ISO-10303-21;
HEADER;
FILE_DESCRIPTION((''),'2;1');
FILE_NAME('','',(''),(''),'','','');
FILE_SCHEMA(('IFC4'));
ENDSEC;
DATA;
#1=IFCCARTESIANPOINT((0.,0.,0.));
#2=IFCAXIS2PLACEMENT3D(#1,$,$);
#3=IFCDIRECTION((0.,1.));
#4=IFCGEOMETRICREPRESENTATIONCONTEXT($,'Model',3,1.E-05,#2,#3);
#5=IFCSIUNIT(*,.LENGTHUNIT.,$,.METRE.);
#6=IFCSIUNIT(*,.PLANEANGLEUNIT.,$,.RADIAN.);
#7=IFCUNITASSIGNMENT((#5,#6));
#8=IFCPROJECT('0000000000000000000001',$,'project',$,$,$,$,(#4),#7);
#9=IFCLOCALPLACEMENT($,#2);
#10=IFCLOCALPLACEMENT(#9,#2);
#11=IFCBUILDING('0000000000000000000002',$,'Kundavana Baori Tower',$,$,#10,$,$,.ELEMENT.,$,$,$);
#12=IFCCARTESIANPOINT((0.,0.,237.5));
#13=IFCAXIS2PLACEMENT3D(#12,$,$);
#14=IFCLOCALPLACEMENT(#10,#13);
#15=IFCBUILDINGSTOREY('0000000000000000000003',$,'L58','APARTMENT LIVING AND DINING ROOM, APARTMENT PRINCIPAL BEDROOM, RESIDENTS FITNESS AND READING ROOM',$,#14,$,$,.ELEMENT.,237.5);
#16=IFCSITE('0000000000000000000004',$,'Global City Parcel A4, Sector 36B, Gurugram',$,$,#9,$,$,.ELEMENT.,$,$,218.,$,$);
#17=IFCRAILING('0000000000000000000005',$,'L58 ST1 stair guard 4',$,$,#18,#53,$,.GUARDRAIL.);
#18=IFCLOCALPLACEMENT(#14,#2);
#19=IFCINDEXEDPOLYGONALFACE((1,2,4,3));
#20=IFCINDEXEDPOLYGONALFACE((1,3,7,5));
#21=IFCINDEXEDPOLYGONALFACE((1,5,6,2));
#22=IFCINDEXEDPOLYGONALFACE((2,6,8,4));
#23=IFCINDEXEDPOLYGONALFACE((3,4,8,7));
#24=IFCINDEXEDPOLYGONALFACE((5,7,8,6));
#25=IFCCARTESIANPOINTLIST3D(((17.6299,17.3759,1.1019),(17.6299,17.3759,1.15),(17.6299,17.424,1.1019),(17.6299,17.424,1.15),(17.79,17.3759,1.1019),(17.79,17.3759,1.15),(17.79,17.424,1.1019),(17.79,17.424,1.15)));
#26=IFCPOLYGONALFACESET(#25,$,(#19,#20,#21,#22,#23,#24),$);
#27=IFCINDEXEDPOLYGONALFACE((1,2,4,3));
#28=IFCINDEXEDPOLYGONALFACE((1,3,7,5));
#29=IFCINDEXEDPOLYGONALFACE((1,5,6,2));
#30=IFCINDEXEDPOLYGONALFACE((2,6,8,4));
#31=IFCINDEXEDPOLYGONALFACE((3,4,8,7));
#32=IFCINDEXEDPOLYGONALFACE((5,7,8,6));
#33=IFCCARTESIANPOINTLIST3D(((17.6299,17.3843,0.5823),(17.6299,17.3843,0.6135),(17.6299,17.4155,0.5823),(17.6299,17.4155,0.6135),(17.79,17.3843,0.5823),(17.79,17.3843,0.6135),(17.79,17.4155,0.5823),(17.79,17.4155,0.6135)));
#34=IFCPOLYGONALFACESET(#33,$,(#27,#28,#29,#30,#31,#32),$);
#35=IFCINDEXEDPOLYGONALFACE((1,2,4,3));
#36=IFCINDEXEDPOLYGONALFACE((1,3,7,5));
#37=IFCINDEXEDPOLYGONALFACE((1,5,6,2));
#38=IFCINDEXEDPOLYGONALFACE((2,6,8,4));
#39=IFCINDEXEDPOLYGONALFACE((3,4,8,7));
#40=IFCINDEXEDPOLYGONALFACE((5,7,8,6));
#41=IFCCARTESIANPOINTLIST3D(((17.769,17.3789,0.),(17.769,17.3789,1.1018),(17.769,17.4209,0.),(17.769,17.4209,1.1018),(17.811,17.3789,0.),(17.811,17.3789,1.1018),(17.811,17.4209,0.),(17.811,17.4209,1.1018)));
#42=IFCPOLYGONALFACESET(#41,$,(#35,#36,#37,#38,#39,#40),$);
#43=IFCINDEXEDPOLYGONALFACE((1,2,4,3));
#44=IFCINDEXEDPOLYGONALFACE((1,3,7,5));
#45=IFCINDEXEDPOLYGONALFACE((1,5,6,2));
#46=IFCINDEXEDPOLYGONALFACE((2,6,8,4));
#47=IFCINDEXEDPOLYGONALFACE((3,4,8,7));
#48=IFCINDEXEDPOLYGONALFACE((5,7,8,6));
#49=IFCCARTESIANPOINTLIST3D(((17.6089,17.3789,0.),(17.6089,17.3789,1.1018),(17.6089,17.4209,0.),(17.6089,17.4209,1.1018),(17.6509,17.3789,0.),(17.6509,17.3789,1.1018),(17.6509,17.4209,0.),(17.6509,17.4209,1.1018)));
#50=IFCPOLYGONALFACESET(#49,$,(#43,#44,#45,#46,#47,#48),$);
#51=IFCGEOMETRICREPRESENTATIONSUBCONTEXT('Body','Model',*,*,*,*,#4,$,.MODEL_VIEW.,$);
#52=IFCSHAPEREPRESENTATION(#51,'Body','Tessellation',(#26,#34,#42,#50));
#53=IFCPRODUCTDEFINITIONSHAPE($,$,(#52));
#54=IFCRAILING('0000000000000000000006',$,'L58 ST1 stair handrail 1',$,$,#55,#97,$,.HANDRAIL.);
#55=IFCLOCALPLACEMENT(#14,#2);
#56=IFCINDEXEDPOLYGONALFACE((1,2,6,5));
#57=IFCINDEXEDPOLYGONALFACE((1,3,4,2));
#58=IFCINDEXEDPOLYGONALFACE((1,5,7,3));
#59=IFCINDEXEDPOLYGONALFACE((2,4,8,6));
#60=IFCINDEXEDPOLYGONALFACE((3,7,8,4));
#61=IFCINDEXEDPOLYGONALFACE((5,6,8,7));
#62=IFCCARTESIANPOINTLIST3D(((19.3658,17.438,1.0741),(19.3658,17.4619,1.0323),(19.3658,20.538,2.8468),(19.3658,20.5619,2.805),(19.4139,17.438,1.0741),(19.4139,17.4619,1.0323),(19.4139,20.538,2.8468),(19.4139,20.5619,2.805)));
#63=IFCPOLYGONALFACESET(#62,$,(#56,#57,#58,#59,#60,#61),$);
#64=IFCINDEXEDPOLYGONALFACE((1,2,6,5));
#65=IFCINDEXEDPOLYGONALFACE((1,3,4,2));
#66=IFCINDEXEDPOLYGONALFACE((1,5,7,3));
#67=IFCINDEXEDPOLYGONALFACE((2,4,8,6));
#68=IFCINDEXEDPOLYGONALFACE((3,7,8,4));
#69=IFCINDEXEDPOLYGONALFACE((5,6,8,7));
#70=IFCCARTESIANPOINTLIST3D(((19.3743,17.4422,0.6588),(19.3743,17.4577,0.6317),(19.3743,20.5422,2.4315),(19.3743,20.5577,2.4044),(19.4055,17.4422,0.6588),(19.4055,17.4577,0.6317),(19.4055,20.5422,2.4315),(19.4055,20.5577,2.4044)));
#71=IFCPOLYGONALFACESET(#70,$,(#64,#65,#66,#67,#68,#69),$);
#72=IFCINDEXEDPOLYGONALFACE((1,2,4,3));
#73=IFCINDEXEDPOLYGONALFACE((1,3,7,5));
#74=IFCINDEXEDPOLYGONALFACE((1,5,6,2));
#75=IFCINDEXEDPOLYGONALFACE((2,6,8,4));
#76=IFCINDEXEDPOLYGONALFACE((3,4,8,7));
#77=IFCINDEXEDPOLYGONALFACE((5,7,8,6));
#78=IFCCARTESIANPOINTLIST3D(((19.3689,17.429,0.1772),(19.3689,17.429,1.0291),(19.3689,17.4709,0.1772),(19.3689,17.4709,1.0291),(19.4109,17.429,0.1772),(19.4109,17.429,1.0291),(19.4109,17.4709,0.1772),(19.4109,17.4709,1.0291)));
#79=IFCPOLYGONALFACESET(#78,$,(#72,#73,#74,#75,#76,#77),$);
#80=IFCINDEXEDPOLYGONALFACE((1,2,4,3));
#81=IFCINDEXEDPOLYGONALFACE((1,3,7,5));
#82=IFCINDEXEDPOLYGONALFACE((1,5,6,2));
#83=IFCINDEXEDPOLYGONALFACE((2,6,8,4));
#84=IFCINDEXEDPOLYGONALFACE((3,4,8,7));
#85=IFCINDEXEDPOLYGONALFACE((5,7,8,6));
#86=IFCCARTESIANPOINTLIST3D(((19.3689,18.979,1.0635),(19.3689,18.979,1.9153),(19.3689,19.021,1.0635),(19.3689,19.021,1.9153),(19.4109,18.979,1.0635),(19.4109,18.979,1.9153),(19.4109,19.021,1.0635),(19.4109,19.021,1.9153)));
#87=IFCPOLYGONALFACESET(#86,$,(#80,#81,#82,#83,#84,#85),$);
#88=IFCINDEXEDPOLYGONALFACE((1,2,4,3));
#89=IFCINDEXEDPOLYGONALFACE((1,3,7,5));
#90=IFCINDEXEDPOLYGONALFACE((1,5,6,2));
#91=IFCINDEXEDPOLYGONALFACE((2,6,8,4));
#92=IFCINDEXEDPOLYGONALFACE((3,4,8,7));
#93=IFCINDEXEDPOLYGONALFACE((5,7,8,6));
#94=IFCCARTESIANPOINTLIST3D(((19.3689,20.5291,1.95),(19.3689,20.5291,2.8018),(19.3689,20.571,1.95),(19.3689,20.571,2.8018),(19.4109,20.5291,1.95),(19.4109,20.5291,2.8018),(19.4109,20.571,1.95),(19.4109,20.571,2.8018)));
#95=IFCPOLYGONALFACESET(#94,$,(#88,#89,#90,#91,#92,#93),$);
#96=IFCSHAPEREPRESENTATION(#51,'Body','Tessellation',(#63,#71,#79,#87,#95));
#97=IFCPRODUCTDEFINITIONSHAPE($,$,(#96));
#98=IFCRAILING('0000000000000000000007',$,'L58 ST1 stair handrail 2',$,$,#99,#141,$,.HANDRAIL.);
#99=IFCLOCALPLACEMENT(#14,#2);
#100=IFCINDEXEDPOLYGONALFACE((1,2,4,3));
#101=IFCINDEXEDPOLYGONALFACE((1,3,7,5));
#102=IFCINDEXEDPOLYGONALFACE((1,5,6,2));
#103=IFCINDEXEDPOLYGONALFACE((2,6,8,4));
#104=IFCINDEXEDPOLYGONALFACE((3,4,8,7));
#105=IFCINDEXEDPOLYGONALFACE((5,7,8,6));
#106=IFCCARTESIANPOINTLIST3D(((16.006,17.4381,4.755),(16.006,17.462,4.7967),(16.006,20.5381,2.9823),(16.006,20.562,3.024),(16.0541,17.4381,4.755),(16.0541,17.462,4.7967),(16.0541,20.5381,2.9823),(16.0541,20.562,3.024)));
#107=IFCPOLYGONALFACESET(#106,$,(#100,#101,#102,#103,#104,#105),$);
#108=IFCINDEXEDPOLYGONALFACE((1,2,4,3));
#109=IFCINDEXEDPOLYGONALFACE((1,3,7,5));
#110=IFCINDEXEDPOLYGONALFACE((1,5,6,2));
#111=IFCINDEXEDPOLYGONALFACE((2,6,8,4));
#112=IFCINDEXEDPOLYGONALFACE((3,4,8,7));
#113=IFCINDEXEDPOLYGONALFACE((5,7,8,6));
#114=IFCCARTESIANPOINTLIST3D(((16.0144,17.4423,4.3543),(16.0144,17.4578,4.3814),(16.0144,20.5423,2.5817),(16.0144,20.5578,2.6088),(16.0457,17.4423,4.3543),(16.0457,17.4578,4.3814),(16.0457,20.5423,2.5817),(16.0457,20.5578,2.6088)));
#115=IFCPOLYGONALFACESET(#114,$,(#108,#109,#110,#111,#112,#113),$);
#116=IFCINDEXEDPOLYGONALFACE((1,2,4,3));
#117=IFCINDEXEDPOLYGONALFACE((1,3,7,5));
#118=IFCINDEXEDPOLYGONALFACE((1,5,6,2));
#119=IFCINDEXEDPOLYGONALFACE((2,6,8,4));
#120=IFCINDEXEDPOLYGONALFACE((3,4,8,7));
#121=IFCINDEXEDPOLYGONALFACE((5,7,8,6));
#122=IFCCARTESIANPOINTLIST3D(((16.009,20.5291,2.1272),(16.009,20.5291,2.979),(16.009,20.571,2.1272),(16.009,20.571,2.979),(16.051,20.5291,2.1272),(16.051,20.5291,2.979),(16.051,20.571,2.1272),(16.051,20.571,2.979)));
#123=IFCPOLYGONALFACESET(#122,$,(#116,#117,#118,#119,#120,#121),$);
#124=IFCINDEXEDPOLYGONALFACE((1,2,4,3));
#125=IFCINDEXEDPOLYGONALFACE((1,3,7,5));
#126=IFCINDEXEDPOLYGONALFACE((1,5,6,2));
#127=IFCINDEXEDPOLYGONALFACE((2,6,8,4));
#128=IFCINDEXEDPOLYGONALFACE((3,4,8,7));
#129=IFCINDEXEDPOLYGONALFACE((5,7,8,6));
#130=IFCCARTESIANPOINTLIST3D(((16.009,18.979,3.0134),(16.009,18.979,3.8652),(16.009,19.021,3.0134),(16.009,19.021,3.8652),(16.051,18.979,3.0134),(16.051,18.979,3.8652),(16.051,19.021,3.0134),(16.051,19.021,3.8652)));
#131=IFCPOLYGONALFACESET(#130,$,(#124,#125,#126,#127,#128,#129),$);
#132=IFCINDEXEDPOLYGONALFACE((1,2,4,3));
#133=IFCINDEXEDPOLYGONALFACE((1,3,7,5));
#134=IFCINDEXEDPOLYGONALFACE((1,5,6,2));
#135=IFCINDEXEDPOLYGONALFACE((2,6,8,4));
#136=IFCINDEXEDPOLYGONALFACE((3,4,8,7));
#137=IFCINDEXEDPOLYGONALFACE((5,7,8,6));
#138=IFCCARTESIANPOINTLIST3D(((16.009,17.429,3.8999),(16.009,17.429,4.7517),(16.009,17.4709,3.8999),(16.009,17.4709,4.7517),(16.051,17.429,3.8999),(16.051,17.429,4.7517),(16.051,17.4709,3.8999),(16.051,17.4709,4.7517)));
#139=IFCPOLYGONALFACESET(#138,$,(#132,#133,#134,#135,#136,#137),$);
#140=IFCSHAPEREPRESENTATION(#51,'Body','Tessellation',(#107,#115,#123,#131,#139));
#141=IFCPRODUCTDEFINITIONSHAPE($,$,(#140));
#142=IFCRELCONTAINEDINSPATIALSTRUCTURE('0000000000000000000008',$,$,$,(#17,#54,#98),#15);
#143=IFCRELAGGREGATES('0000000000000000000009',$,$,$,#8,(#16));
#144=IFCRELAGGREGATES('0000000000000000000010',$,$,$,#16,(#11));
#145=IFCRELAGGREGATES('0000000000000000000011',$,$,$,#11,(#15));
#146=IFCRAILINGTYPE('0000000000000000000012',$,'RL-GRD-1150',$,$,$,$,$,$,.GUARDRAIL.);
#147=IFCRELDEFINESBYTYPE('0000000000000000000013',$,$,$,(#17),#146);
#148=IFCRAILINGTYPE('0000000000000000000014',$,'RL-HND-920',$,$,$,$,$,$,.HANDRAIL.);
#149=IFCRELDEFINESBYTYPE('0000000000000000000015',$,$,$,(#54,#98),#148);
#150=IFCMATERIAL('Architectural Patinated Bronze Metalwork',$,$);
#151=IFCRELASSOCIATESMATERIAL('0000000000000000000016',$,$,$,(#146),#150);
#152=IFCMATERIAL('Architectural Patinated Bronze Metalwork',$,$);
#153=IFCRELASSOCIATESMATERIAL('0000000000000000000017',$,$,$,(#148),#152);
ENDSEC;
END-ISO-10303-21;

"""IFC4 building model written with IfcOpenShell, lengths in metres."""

from ifc_helpers import new_model, si_unit, direction, frame, origin, origin_2d, place, context, subcontext, project, spatial, rectangle, extrude, material, type_object, element, save


model = new_model("IFC4")

# Units and contexts
model_context = context("Model", 3, precision=1e-05, world=origin(), true_north=direction((0.0, 1.0)))
body_context = subcontext(model_context, "Body", "Model", "MODEL_VIEW")
ifc_project = project(units=[si_unit("LENGTHUNIT", "METRE"), si_unit("PLANEANGLEUNIT", "RADIAN")], contexts=[model_context])

# Site, building, storey
site_placement = place(None, origin())
site = spatial("IfcSite", under=ifc_project, at=site_placement, Name="Global City Parcel A4, Sector 36B, Gurugram", CompositionType="ELEMENT", RefElevation=218.0)
building_placement = place(site_placement, origin())
building = spatial("IfcBuilding", under=site, at=building_placement, Name="Kundavana Baori Tower", CompositionType="ELEMENT")
storey_placement = place(building_placement, frame((0.0, 0.0, 237.5)))
storey = spatial("IfcBuildingStorey", under=building, at=storey_placement, Name="L58", Description="APARTMENT LIVING AND DINING ROOM, APARTMENT PRINCIPAL BEDROOM, RESIDENTS FITNESS AND READING ROOM", CompositionType="ELEMENT", Elevation=237.5)

# Railings
ifc_material_1 = material(Name="Architectural Patinated Bronze Metalwork")
railing_type_1 = type_object("IfcRailingType", Name="RL-GRD-1150", PredefinedType="GUARDRAIL", material=ifc_material_1)
railing_1_placement = place(storey_placement, frame((17.79, 17.3999, 0.0)))
element("IfcRailing", 1, at=railing_1_placement, inside=storey, type_object=railing_type_1, Name="L58 ST1 stair guard 4", PredefinedType="GUARDRAIL", context=body_context, shape_type="SweptSolid", body=[
    extrude(rectangle(XDim=0.0481, YDim=0.0481, at=origin_2d()), frame((0.0, 0.0, 1.126), z_axis=(-1.0, 0.0, 0.0), x_axis=(0.0, -1.0, 0.0)), (0.0, 0.0, 1.0), 0.1602),
    extrude(rectangle(XDim=0.0312, YDim=0.0312, at=origin_2d()), frame((0.0, 0.0, 0.5979), z_axis=(-1.0, 0.0, 0.0), x_axis=(0.0, -1.0, 0.0)), (0.0, 0.0, 1.0), 0.1602),
    extrude(rectangle(XDim=0.042, YDim=0.042, at=origin_2d()), origin(), (0.0, 0.0, 1.0), 1.1018),
    extrude(rectangle(XDim=0.042, YDim=0.042, at=origin_2d()), frame((-0.1602, 0.0, 0.0)), (0.0, 0.0, 1.0), 1.1018),
])
ifc_material_2 = material(Name="Architectural Patinated Bronze Metalwork")
railing_type_2 = type_object("IfcRailingType", Name="RL-HND-920", PredefinedType="HANDRAIL", material=ifc_material_2)
railing_2_placement = place(storey_placement, frame((19.3899, 17.45, 0.1772)))
element("IfcRailing", 2, at=railing_2_placement, inside=storey, type_object=railing_type_2, Name="L58 ST1 stair handrail 1", PredefinedType="HANDRAIL", context=body_context, shape_type="SweptSolid", body=[
    extrude(rectangle(XDim=0.0481, YDim=0.0481, at=origin_2d()), frame((0.0, 0.0, 0.876), z_axis=(0.0, 0.868096, 0.496397), x_axis=(-1.0, 0.0, 0.0)), (0.0, 0.0, 1.0), 3.571),
    extrude(rectangle(XDim=0.0312, YDim=0.0312, at=origin_2d()), frame((0.0, 0.0, 0.468), z_axis=(0.0, 0.868096, 0.496397), x_axis=(-1.0, 0.0, 0.0)), (0.0, 0.0, 1.0), 3.571),
    extrude(rectangle(XDim=0.042, YDim=0.042, at=origin_2d()), origin(), (0.0, 0.0, 1.0), 0.8518),
    extrude(rectangle(XDim=0.042, YDim=0.042, at=origin_2d()), frame((0.0, 1.55, 0.8862)), (0.0, 0.0, 1.0), 0.8518),
    extrude(rectangle(XDim=0.042, YDim=0.042, at=origin_2d()), frame((0.0, 3.1001, 1.7727)), (0.0, 0.0, 1.0), 0.8518),
])
railing_3_placement = place(storey_placement, frame((16.03, 20.55, 2.1272)))
element("IfcRailing", 3, at=railing_3_placement, inside=storey, type_object=railing_type_2, Name="L58 ST1 stair handrail 2", PredefinedType="HANDRAIL", context=body_context, shape_type="SweptSolid", body=[
    extrude(rectangle(XDim=0.0481, YDim=0.0481, at=origin_2d()), frame((0.0, 0.0, 0.876), z_axis=(0.0, -0.868096, 0.496397), x_axis=(1.0, 0.0, 0.0)), (0.0, 0.0, 1.0), 3.571),
    extrude(rectangle(XDim=0.0312, YDim=0.0312, at=origin_2d()), frame((0.0, 0.0, 0.468), z_axis=(0.0, -0.868096, 0.496397), x_axis=(1.0, 0.0, 0.0)), (0.0, 0.0, 1.0), 3.571),
    extrude(rectangle(XDim=0.042, YDim=0.042, at=origin_2d()), origin(), (0.0, 0.0, 1.0), 0.8518),
    extrude(rectangle(XDim=0.042, YDim=0.042, at=origin_2d()), frame((0.0, -1.55, 0.8862)), (0.0, 0.0, 1.0), 0.8518),
    extrude(rectangle(XDim=0.042, YDim=0.042, at=origin_2d()), frame((0.0, -3.1001, 1.7727)), (0.0, 0.0, 1.0), 0.8518),
])

save(model, "model.ifc")
